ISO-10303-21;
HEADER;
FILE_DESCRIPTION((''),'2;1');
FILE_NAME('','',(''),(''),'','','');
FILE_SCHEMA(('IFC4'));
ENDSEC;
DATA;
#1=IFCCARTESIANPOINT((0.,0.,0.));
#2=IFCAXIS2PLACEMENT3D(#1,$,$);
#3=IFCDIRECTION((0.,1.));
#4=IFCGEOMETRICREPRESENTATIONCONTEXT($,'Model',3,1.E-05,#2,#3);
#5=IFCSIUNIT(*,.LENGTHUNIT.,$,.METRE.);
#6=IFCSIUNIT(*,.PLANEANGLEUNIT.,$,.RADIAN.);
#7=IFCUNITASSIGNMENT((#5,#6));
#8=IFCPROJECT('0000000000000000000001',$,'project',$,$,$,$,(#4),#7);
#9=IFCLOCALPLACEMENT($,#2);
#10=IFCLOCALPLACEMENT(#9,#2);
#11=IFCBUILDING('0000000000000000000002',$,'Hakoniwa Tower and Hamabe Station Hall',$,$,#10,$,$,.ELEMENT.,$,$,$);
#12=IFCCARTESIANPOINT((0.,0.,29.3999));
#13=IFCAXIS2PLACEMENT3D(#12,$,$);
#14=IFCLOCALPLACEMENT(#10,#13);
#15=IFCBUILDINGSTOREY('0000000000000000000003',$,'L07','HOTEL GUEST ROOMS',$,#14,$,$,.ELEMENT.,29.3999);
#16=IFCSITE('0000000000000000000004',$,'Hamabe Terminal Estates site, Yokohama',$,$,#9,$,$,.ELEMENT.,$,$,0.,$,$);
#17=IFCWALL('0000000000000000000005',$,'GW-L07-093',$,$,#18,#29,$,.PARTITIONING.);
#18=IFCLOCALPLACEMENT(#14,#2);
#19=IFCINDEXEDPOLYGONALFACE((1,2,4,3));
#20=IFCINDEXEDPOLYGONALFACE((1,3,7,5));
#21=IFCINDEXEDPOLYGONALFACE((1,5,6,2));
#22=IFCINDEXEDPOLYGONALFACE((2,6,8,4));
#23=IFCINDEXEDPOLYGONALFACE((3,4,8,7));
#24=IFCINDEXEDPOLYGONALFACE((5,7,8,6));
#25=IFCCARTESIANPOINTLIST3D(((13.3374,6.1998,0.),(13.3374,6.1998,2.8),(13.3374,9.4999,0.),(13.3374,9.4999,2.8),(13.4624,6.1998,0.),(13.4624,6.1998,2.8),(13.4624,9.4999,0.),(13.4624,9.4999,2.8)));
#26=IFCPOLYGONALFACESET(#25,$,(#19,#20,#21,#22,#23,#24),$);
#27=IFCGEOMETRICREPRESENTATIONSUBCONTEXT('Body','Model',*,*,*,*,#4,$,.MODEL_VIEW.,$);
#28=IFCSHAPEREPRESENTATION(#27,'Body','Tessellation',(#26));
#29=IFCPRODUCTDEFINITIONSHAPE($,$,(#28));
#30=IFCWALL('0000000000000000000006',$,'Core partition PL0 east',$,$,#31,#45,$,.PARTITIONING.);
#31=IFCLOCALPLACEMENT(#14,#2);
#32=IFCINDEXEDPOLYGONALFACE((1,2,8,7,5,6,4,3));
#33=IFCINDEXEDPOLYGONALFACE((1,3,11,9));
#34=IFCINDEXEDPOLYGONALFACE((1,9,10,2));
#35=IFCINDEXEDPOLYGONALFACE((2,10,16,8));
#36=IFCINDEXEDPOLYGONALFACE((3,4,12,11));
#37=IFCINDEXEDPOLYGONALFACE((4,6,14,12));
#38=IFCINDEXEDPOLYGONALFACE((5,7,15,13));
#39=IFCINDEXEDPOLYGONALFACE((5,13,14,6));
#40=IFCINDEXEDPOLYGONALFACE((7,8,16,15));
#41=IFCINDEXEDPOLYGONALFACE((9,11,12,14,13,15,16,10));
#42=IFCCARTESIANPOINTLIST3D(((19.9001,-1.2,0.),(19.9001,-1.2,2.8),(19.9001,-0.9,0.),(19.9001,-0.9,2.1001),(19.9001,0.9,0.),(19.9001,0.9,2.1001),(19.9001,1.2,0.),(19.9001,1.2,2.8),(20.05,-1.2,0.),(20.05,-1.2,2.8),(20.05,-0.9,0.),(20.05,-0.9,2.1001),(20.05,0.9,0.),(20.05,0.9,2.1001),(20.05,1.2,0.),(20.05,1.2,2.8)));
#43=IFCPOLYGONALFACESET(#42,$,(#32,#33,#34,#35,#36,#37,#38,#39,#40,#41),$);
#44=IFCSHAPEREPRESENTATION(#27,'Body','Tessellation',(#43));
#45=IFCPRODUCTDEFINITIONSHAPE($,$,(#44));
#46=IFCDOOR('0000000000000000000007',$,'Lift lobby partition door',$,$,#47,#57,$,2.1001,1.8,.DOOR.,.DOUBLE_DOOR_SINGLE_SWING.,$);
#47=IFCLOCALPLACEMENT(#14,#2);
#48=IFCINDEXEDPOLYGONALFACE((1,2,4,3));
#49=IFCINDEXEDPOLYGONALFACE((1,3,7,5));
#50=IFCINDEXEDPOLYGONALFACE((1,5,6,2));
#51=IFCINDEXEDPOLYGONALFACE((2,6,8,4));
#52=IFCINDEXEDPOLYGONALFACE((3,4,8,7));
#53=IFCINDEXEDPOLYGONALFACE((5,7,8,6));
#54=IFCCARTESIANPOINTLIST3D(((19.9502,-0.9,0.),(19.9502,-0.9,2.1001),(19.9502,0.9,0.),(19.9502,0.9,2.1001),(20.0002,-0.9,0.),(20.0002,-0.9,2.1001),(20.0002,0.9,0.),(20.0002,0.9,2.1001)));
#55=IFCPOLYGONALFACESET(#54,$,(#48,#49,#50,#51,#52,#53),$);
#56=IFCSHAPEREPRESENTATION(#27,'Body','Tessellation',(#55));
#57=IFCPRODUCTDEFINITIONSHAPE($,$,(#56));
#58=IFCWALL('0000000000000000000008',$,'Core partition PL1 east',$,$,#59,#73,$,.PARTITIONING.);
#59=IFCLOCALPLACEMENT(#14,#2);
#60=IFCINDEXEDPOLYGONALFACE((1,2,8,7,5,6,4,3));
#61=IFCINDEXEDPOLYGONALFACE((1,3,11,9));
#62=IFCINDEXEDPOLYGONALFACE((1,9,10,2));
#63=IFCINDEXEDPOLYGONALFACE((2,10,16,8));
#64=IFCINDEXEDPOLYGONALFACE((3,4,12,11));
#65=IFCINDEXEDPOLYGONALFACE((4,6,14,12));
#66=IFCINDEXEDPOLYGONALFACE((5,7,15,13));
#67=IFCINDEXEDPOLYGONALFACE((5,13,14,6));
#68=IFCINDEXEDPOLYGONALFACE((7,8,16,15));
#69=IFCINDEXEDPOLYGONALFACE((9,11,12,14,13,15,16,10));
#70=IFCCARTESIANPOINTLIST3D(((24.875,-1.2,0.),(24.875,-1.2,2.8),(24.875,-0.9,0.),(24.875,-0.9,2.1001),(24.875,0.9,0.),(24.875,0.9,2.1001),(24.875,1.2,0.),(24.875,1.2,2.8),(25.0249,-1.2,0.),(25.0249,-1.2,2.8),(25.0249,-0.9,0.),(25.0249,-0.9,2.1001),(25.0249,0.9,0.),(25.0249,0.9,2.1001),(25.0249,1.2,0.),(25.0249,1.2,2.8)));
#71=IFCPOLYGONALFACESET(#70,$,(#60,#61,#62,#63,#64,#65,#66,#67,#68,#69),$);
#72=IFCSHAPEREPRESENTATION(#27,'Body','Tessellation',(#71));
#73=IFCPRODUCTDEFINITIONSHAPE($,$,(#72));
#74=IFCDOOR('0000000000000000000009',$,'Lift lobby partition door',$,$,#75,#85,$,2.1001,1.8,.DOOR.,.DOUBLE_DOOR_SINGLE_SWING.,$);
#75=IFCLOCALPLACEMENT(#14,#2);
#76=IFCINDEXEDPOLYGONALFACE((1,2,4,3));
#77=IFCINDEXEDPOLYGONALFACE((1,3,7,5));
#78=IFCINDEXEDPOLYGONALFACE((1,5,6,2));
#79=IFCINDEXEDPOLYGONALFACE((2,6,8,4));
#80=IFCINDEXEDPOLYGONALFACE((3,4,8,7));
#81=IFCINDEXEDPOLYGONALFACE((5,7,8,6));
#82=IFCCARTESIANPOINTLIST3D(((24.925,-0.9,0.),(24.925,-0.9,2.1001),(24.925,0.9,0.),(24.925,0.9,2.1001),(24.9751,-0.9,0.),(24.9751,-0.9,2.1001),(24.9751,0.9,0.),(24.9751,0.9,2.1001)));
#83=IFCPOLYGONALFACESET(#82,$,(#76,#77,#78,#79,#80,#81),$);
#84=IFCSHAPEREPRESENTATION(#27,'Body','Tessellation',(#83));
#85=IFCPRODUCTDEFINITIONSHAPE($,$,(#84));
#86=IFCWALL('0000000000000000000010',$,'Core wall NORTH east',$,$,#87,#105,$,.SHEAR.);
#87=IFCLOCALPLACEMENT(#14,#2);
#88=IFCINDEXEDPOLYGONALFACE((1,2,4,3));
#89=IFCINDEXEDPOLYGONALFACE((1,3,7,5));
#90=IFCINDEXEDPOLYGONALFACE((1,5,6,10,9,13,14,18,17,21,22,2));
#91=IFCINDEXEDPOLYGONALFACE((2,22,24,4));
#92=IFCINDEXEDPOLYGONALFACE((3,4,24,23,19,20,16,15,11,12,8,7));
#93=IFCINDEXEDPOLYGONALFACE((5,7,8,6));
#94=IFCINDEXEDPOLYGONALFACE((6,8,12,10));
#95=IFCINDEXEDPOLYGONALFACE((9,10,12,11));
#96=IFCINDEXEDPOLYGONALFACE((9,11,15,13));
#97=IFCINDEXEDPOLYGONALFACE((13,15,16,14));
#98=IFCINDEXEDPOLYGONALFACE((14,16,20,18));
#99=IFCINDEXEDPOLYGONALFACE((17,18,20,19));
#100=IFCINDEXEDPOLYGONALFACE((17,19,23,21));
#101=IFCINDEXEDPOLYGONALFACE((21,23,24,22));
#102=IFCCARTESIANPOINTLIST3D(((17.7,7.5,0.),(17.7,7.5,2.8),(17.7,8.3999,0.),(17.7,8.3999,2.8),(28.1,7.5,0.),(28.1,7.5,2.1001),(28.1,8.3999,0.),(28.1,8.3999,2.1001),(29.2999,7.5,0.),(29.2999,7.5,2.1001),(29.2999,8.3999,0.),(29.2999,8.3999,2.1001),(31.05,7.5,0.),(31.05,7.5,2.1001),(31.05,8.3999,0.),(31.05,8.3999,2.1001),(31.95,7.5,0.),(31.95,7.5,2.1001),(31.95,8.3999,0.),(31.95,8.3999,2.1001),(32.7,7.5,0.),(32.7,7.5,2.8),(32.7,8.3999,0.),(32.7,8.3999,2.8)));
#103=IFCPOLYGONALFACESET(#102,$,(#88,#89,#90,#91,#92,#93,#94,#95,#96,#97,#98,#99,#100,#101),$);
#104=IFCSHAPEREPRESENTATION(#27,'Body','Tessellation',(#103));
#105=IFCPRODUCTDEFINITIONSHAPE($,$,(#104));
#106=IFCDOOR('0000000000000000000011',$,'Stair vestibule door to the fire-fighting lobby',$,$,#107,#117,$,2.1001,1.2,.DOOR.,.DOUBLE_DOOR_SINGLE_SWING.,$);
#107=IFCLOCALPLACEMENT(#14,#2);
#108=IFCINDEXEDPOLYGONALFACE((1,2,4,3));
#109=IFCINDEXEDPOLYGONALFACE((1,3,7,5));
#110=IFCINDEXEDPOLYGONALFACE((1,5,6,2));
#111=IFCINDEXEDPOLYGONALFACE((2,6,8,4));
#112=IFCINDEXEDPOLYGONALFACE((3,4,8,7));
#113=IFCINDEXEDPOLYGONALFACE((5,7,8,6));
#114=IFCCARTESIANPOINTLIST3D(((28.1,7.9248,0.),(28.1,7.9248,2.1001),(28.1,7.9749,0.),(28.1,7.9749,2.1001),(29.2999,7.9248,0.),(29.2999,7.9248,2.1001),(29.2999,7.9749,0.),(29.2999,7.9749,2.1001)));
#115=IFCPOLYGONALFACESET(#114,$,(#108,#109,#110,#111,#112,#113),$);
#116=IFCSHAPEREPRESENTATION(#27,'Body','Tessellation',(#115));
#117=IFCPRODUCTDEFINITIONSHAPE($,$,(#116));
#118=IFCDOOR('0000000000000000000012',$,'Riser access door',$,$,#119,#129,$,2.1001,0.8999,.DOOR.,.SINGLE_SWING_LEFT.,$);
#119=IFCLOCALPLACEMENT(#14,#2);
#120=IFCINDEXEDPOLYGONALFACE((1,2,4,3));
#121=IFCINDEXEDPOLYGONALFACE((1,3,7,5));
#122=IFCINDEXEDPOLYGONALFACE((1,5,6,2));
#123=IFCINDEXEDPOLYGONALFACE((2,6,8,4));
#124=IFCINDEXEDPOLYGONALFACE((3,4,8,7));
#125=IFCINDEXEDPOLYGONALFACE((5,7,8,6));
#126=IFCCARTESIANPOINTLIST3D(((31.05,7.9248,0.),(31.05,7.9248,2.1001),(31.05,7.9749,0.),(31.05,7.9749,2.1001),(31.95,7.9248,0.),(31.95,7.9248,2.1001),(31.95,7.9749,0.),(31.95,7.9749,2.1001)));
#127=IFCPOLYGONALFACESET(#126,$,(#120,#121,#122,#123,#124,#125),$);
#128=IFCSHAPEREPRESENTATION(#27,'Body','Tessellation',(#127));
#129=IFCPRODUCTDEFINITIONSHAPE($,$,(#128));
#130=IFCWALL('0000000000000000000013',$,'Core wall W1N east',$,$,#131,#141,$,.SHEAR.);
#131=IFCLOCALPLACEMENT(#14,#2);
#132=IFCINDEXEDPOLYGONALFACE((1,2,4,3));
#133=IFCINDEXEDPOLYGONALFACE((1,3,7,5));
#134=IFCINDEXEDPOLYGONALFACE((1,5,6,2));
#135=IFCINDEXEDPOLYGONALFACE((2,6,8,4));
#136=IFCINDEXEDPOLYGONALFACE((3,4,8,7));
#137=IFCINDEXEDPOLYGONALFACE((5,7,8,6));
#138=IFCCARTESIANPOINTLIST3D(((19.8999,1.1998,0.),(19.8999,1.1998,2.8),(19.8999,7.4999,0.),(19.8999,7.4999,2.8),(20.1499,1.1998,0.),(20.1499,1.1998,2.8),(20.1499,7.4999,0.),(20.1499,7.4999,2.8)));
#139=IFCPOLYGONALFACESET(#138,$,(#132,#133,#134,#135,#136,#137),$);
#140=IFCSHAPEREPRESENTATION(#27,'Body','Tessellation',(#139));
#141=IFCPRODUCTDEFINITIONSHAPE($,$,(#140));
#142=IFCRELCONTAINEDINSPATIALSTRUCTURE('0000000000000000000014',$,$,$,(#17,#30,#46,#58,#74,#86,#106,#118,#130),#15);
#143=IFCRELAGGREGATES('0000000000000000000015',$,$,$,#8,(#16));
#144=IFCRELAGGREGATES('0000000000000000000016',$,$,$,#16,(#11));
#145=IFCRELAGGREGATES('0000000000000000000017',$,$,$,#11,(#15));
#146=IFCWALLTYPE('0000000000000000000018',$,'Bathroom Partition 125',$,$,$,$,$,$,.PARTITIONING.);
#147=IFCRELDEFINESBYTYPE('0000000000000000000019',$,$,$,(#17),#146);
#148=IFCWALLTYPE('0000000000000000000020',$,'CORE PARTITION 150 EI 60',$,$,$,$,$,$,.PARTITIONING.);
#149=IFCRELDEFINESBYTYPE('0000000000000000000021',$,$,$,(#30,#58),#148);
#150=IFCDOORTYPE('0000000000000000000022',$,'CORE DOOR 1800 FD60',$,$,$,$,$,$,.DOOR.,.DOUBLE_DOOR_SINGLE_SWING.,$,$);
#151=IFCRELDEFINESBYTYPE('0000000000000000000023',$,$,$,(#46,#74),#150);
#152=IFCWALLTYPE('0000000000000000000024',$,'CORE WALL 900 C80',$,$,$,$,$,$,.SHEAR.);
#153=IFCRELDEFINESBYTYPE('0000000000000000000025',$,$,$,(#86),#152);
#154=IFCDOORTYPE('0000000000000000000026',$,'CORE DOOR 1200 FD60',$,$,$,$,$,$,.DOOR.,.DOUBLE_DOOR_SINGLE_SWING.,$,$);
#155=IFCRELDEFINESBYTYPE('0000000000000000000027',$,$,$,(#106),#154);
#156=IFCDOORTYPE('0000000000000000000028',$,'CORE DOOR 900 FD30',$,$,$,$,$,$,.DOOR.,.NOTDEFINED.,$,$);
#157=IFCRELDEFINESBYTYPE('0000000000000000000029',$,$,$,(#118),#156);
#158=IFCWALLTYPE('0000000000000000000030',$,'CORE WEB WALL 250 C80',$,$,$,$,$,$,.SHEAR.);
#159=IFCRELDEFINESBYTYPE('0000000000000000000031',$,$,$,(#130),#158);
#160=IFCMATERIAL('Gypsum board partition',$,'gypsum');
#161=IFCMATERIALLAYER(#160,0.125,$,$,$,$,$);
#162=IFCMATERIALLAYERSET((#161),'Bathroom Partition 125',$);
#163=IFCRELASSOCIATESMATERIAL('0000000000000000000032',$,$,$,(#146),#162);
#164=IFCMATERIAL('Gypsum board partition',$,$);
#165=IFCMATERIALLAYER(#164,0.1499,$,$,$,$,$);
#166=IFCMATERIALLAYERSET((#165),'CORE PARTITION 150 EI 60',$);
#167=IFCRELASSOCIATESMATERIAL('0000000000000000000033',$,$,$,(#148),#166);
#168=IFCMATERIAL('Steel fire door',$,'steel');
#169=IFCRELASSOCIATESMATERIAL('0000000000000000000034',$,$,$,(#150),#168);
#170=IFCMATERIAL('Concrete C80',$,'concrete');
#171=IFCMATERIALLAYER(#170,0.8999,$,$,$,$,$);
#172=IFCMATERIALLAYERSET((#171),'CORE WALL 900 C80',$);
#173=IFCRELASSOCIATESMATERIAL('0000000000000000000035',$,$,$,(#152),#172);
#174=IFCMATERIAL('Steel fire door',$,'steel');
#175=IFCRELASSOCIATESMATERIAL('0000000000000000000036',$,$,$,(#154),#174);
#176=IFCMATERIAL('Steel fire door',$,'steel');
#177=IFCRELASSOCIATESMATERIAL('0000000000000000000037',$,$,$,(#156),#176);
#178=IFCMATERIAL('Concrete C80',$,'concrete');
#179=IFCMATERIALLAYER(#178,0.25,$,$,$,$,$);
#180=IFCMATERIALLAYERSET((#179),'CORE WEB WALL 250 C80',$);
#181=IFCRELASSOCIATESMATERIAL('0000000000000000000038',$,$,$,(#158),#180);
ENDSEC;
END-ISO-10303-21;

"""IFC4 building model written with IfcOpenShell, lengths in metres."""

from ifc_helpers import new_model, si_unit, direction, frame, frame_2d, origin, place, context, subcontext, project, spatial, rectangle, extrude, material, layer, layer_set, type_object, element, fill, save


model = new_model("IFC4")

# Units and contexts
model_context = context("Model", 3, precision=1e-05, world=origin(), true_north=direction((0.0, 1.0)))
body_context = subcontext(model_context, "Body", "Model", "MODEL_VIEW")
ifc_project = project(units=[si_unit("LENGTHUNIT", "METRE"), si_unit("PLANEANGLEUNIT", "RADIAN")], contexts=[model_context])

# Site, building, storey
site_placement = place(None, origin())
site = spatial("IfcSite", under=ifc_project, at=site_placement, Name="Hamabe Terminal Estates site, Yokohama", CompositionType="ELEMENT", RefElevation=0.0)
building_placement = place(site_placement, origin())
building = spatial("IfcBuilding", under=site, at=building_placement, Name="Hakoniwa Tower and Hamabe Station Hall", CompositionType="ELEMENT")
storey_placement = place(building_placement, frame((0.0, 0.0, 29.3999)))
storey = spatial("IfcBuildingStorey", under=building, at=storey_placement, Name="L07", Description="HOTEL GUEST ROOMS", CompositionType="ELEMENT", Elevation=29.3999)

# Wall
ifc_material_1 = material(Name="Gypsum board partition", Category="gypsum")
ifc_layer_1 = layer(ifc_material_1, 0.125)
ifc_layer_set_1 = layer_set([ifc_layer_1], Name="Bathroom Partition 125")
wall_type_1 = type_object("IfcWallType", Name="Bathroom Partition 125", PredefinedType="PARTITIONING", material=ifc_layer_set_1)
wall_1_placement = place(storey_placement, frame((13.3999, 6.2, 0.0), z_axis=(0.0, 0.0, 1.0), x_axis=(0.0, 1.0, 0.0)))
element("IfcWall", 1, at=wall_1_placement, inside=storey, type_object=wall_type_1, Name="GW-L07-093", PredefinedType="PARTITIONING", context=body_context, shape_type="SweptSolid", body=[
    extrude(rectangle(XDim=3.3, YDim=0.125, at=frame_2d((1.6499, 0.0))), origin(), (0.0, 0.0, 1.0), 2.8),
])

# Walls, openings, doors
ifc_material_2 = material(Name="Gypsum board partition")
ifc_layer_2 = layer(ifc_material_2, 0.1499)
ifc_layer_set_2 = layer_set([ifc_layer_2], Name="CORE PARTITION 150 EI 60")
wall_type_2 = type_object("IfcWallType", Name="CORE PARTITION 150 EI 60", PredefinedType="PARTITIONING", material=ifc_layer_set_2)
wall_2_placement = place(storey_placement, frame((19.9751, -1.2, 0.0), z_axis=(0.0, 0.0, 1.0), x_axis=(0.0, 1.0, 0.0)))
wall_2 = element("IfcWall", 2, at=wall_2_placement, inside=storey, type_object=wall_type_2, Name="Core partition PL0 east", PredefinedType="PARTITIONING", context=body_context, shape_type="SweptSolid", body=[
    extrude(rectangle(XDim=2.3999, YDim=0.1499, at=frame_2d((1.2, 0.0))), origin(), (0.0, 0.0, 1.0), 2.8),
])
opening_1_placement = place(wall_2_placement, frame((0.3, 0.0, 0.0)))
opening_1 = element("IfcOpeningElement", 3, at=opening_1_placement, cuts=wall_2, PredefinedType="OPENING", context=body_context, shape_type="SweptSolid", body=[
    extrude(rectangle(XDim=1.8, YDim=2.1001, at=frame_2d((0.8999, 1.05))), frame((0.0, 0.085, 0.0), z_axis=(0.0, -1.0, 0.0), x_axis=(1.0, 0.0, 0.0)), (0.0, 0.0, 1.0), 0.1699),
])
ifc_material_3 = material(Name="Steel fire door", Category="steel")
door_type_1 = type_object("IfcDoorType", Name="CORE DOOR 1800 FD60", OperationType="DOUBLE_DOOR_SINGLE_SWING", PredefinedType="DOOR", material=ifc_material_3)
door_1_placement = place(opening_1_placement, origin())
door_1 = element("IfcDoor", 4, at=door_1_placement, inside=storey, type_object=door_type_1, Name="Lift lobby partition door", OperationType="DOUBLE_DOOR_SINGLE_SWING", OverallHeight=2.1001, OverallWidth=1.8, PredefinedType="DOOR", context=body_context, shape_type="SweptSolid", body=[
    extrude(rectangle(XDim=1.8, YDim=2.1001, at=frame_2d((0.8999, 1.05))), frame((0.0, 0.0249, 0.0), z_axis=(0.0, -1.0, 0.0), x_axis=(1.0, 0.0, 0.0)), (0.0, 0.0, 1.0), 0.05),
])
fill(opening_1, door_1)
wall_3_placement = place(storey_placement, frame((24.95, -1.2, 0.0), z_axis=(0.0, 0.0, 1.0), x_axis=(0.0, 1.0, 0.0)))
wall_3 = element("IfcWall", 5, at=wall_3_placement, inside=storey, type_object=wall_type_2, Name="Core partition PL1 east", PredefinedType="PARTITIONING", context=body_context, shape_type="SweptSolid", body=[
    extrude(rectangle(XDim=2.3999, YDim=0.1499, at=frame_2d((1.2, 0.0))), origin(), (0.0, 0.0, 1.0), 2.8),
])
opening_2_placement = place(wall_3_placement, frame((0.3, 0.0, 0.0)))
opening_2 = element("IfcOpeningElement", 6, at=opening_2_placement, cuts=wall_3, PredefinedType="OPENING", context=body_context, shape_type="SweptSolid", body=[
    extrude(rectangle(XDim=1.8, YDim=2.1001, at=frame_2d((0.8999, 1.05))), frame((0.0, 0.085, 0.0), z_axis=(0.0, -1.0, 0.0), x_axis=(1.0, 0.0, 0.0)), (0.0, 0.0, 1.0), 0.1699),
])
door_2_placement = place(opening_2_placement, origin())
door_2 = element("IfcDoor", 7, at=door_2_placement, inside=storey, type_object=door_type_1, Name="Lift lobby partition door", OperationType="DOUBLE_DOOR_SINGLE_SWING", OverallHeight=2.1001, OverallWidth=1.8, PredefinedType="DOOR", context=body_context, shape_type="SweptSolid", body=[
    extrude(rectangle(XDim=1.8, YDim=2.1001, at=frame_2d((0.8999, 1.05))), frame((0.0, 0.0249, 0.0), z_axis=(0.0, -1.0, 0.0), x_axis=(1.0, 0.0, 0.0)), (0.0, 0.0, 1.0), 0.05),
])
fill(opening_2, door_2)

# Wall, openings, doors
ifc_material_4 = material(Name="Concrete C80", Category="concrete")
ifc_layer_3 = layer(ifc_material_4, 0.8999)
ifc_layer_set_3 = layer_set([ifc_layer_3], Name="CORE WALL 900 C80")
wall_type_3 = type_object("IfcWallType", Name="CORE WALL 900 C80", PredefinedType="SHEAR", material=ifc_layer_set_3)
wall_4_placement = place(storey_placement, frame((17.7, 7.95, 0.0), z_axis=(0.0, 0.0, 1.0), x_axis=(1.0, 0.0, 0.0)))
wall_4 = element("IfcWall", 8, at=wall_4_placement, inside=storey, type_object=wall_type_3, Name="Core wall NORTH east", PredefinedType="SHEAR", context=body_context, shape_type="SweptSolid", body=[
    extrude(rectangle(XDim=15.0, YDim=0.8999, at=frame_2d((7.5, 0.0))), origin(), (0.0, 0.0, 1.0), 2.8),
])
opening_3_placement = place(wall_4_placement, frame((10.3999, 0.0, 0.0)))
opening_3 = element("IfcOpeningElement", 9, at=opening_3_placement, cuts=wall_4, PredefinedType="OPENING", context=body_context, shape_type="SweptSolid", body=[
    extrude(rectangle(XDim=1.2, YDim=2.1001, at=frame_2d((0.6001, 1.05))), frame((0.0, 0.46, 0.0), z_axis=(0.0, -1.0, 0.0), x_axis=(1.0, 0.0, 0.0)), (0.0, 0.0, 1.0), 0.9199),
])
opening_4_placement = place(wall_4_placement, frame((13.3501, 0.0, 0.0)))
opening_4 = element("IfcOpeningElement", 10, at=opening_4_placement, cuts=wall_4, PredefinedType="OPENING", context=body_context, shape_type="SweptSolid", body=[
    extrude(rectangle(XDim=0.8999, YDim=2.1001, at=frame_2d((0.45, 1.05))), frame((0.0, 0.46, 0.0), z_axis=(0.0, -1.0, 0.0), x_axis=(1.0, 0.0, 0.0)), (0.0, 0.0, 1.0), 0.9199),
])
ifc_material_5 = material(Name="Steel fire door", Category="steel")
door_type_2 = type_object("IfcDoorType", Name="CORE DOOR 1200 FD60", OperationType="DOUBLE_DOOR_SINGLE_SWING", PredefinedType="DOOR", material=ifc_material_5)
door_3_placement = place(opening_3_placement, origin())
door_3 = element("IfcDoor", 11, at=door_3_placement, inside=storey, type_object=door_type_2, Name="Stair vestibule door to the fire-fighting lobby", OperationType="DOUBLE_DOOR_SINGLE_SWING", OverallHeight=2.1001, OverallWidth=1.2, PredefinedType="DOOR", context=body_context, shape_type="SweptSolid", body=[
    extrude(rectangle(XDim=1.2, YDim=2.1001, at=frame_2d((0.6001, 1.05))), frame((0.0, 0.0249, 0.0), z_axis=(0.0, -1.0, 0.0), x_axis=(1.0, 0.0, 0.0)), (0.0, 0.0, 1.0), 0.05),
])
fill(opening_3, door_3)
ifc_material_6 = material(Name="Steel fire door", Category="steel")
door_type_3 = type_object("IfcDoorType", Name="CORE DOOR 900 FD30", OperationType="NOTDEFINED", PredefinedType="DOOR", material=ifc_material_6)
door_4_placement = place(opening_4_placement, origin())
door_4 = element("IfcDoor", 12, at=door_4_placement, inside=storey, type_object=door_type_3, Name="Riser access door", OperationType="SINGLE_SWING_LEFT", OverallHeight=2.1001, OverallWidth=0.8999, PredefinedType="DOOR", context=body_context, shape_type="SweptSolid", body=[
    extrude(rectangle(XDim=0.8999, YDim=2.1001, at=frame_2d((0.45, 1.05))), frame((0.0, 0.0249, 0.0), z_axis=(0.0, -1.0, 0.0), x_axis=(1.0, 0.0, 0.0)), (0.0, 0.0, 1.0), 0.05),
])
fill(opening_4, door_4)

# Wall
ifc_material_7 = material(Name="Concrete C80", Category="concrete")
ifc_layer_4 = layer(ifc_material_7, 0.25)
ifc_layer_set_4 = layer_set([ifc_layer_4], Name="CORE WEB WALL 250 C80")
wall_type_4 = type_object("IfcWallType", Name="CORE WEB WALL 250 C80", PredefinedType="SHEAR", material=ifc_layer_set_4)
wall_5_placement = place(storey_placement, frame((20.0249, 1.2, 0.0), z_axis=(0.0, 0.0, 1.0), x_axis=(0.0, 1.0, 0.0)))
element("IfcWall", 13, at=wall_5_placement, inside=storey, type_object=wall_type_4, Name="Core wall W1N east", PredefinedType="SHEAR", context=body_context, shape_type="SweptSolid", body=[
    extrude(rectangle(XDim=6.3, YDim=0.25, at=frame_2d((3.1499, 0.0))), origin(), (0.0, 0.0, 1.0), 2.8),
])

save(model, "model.ifc")
